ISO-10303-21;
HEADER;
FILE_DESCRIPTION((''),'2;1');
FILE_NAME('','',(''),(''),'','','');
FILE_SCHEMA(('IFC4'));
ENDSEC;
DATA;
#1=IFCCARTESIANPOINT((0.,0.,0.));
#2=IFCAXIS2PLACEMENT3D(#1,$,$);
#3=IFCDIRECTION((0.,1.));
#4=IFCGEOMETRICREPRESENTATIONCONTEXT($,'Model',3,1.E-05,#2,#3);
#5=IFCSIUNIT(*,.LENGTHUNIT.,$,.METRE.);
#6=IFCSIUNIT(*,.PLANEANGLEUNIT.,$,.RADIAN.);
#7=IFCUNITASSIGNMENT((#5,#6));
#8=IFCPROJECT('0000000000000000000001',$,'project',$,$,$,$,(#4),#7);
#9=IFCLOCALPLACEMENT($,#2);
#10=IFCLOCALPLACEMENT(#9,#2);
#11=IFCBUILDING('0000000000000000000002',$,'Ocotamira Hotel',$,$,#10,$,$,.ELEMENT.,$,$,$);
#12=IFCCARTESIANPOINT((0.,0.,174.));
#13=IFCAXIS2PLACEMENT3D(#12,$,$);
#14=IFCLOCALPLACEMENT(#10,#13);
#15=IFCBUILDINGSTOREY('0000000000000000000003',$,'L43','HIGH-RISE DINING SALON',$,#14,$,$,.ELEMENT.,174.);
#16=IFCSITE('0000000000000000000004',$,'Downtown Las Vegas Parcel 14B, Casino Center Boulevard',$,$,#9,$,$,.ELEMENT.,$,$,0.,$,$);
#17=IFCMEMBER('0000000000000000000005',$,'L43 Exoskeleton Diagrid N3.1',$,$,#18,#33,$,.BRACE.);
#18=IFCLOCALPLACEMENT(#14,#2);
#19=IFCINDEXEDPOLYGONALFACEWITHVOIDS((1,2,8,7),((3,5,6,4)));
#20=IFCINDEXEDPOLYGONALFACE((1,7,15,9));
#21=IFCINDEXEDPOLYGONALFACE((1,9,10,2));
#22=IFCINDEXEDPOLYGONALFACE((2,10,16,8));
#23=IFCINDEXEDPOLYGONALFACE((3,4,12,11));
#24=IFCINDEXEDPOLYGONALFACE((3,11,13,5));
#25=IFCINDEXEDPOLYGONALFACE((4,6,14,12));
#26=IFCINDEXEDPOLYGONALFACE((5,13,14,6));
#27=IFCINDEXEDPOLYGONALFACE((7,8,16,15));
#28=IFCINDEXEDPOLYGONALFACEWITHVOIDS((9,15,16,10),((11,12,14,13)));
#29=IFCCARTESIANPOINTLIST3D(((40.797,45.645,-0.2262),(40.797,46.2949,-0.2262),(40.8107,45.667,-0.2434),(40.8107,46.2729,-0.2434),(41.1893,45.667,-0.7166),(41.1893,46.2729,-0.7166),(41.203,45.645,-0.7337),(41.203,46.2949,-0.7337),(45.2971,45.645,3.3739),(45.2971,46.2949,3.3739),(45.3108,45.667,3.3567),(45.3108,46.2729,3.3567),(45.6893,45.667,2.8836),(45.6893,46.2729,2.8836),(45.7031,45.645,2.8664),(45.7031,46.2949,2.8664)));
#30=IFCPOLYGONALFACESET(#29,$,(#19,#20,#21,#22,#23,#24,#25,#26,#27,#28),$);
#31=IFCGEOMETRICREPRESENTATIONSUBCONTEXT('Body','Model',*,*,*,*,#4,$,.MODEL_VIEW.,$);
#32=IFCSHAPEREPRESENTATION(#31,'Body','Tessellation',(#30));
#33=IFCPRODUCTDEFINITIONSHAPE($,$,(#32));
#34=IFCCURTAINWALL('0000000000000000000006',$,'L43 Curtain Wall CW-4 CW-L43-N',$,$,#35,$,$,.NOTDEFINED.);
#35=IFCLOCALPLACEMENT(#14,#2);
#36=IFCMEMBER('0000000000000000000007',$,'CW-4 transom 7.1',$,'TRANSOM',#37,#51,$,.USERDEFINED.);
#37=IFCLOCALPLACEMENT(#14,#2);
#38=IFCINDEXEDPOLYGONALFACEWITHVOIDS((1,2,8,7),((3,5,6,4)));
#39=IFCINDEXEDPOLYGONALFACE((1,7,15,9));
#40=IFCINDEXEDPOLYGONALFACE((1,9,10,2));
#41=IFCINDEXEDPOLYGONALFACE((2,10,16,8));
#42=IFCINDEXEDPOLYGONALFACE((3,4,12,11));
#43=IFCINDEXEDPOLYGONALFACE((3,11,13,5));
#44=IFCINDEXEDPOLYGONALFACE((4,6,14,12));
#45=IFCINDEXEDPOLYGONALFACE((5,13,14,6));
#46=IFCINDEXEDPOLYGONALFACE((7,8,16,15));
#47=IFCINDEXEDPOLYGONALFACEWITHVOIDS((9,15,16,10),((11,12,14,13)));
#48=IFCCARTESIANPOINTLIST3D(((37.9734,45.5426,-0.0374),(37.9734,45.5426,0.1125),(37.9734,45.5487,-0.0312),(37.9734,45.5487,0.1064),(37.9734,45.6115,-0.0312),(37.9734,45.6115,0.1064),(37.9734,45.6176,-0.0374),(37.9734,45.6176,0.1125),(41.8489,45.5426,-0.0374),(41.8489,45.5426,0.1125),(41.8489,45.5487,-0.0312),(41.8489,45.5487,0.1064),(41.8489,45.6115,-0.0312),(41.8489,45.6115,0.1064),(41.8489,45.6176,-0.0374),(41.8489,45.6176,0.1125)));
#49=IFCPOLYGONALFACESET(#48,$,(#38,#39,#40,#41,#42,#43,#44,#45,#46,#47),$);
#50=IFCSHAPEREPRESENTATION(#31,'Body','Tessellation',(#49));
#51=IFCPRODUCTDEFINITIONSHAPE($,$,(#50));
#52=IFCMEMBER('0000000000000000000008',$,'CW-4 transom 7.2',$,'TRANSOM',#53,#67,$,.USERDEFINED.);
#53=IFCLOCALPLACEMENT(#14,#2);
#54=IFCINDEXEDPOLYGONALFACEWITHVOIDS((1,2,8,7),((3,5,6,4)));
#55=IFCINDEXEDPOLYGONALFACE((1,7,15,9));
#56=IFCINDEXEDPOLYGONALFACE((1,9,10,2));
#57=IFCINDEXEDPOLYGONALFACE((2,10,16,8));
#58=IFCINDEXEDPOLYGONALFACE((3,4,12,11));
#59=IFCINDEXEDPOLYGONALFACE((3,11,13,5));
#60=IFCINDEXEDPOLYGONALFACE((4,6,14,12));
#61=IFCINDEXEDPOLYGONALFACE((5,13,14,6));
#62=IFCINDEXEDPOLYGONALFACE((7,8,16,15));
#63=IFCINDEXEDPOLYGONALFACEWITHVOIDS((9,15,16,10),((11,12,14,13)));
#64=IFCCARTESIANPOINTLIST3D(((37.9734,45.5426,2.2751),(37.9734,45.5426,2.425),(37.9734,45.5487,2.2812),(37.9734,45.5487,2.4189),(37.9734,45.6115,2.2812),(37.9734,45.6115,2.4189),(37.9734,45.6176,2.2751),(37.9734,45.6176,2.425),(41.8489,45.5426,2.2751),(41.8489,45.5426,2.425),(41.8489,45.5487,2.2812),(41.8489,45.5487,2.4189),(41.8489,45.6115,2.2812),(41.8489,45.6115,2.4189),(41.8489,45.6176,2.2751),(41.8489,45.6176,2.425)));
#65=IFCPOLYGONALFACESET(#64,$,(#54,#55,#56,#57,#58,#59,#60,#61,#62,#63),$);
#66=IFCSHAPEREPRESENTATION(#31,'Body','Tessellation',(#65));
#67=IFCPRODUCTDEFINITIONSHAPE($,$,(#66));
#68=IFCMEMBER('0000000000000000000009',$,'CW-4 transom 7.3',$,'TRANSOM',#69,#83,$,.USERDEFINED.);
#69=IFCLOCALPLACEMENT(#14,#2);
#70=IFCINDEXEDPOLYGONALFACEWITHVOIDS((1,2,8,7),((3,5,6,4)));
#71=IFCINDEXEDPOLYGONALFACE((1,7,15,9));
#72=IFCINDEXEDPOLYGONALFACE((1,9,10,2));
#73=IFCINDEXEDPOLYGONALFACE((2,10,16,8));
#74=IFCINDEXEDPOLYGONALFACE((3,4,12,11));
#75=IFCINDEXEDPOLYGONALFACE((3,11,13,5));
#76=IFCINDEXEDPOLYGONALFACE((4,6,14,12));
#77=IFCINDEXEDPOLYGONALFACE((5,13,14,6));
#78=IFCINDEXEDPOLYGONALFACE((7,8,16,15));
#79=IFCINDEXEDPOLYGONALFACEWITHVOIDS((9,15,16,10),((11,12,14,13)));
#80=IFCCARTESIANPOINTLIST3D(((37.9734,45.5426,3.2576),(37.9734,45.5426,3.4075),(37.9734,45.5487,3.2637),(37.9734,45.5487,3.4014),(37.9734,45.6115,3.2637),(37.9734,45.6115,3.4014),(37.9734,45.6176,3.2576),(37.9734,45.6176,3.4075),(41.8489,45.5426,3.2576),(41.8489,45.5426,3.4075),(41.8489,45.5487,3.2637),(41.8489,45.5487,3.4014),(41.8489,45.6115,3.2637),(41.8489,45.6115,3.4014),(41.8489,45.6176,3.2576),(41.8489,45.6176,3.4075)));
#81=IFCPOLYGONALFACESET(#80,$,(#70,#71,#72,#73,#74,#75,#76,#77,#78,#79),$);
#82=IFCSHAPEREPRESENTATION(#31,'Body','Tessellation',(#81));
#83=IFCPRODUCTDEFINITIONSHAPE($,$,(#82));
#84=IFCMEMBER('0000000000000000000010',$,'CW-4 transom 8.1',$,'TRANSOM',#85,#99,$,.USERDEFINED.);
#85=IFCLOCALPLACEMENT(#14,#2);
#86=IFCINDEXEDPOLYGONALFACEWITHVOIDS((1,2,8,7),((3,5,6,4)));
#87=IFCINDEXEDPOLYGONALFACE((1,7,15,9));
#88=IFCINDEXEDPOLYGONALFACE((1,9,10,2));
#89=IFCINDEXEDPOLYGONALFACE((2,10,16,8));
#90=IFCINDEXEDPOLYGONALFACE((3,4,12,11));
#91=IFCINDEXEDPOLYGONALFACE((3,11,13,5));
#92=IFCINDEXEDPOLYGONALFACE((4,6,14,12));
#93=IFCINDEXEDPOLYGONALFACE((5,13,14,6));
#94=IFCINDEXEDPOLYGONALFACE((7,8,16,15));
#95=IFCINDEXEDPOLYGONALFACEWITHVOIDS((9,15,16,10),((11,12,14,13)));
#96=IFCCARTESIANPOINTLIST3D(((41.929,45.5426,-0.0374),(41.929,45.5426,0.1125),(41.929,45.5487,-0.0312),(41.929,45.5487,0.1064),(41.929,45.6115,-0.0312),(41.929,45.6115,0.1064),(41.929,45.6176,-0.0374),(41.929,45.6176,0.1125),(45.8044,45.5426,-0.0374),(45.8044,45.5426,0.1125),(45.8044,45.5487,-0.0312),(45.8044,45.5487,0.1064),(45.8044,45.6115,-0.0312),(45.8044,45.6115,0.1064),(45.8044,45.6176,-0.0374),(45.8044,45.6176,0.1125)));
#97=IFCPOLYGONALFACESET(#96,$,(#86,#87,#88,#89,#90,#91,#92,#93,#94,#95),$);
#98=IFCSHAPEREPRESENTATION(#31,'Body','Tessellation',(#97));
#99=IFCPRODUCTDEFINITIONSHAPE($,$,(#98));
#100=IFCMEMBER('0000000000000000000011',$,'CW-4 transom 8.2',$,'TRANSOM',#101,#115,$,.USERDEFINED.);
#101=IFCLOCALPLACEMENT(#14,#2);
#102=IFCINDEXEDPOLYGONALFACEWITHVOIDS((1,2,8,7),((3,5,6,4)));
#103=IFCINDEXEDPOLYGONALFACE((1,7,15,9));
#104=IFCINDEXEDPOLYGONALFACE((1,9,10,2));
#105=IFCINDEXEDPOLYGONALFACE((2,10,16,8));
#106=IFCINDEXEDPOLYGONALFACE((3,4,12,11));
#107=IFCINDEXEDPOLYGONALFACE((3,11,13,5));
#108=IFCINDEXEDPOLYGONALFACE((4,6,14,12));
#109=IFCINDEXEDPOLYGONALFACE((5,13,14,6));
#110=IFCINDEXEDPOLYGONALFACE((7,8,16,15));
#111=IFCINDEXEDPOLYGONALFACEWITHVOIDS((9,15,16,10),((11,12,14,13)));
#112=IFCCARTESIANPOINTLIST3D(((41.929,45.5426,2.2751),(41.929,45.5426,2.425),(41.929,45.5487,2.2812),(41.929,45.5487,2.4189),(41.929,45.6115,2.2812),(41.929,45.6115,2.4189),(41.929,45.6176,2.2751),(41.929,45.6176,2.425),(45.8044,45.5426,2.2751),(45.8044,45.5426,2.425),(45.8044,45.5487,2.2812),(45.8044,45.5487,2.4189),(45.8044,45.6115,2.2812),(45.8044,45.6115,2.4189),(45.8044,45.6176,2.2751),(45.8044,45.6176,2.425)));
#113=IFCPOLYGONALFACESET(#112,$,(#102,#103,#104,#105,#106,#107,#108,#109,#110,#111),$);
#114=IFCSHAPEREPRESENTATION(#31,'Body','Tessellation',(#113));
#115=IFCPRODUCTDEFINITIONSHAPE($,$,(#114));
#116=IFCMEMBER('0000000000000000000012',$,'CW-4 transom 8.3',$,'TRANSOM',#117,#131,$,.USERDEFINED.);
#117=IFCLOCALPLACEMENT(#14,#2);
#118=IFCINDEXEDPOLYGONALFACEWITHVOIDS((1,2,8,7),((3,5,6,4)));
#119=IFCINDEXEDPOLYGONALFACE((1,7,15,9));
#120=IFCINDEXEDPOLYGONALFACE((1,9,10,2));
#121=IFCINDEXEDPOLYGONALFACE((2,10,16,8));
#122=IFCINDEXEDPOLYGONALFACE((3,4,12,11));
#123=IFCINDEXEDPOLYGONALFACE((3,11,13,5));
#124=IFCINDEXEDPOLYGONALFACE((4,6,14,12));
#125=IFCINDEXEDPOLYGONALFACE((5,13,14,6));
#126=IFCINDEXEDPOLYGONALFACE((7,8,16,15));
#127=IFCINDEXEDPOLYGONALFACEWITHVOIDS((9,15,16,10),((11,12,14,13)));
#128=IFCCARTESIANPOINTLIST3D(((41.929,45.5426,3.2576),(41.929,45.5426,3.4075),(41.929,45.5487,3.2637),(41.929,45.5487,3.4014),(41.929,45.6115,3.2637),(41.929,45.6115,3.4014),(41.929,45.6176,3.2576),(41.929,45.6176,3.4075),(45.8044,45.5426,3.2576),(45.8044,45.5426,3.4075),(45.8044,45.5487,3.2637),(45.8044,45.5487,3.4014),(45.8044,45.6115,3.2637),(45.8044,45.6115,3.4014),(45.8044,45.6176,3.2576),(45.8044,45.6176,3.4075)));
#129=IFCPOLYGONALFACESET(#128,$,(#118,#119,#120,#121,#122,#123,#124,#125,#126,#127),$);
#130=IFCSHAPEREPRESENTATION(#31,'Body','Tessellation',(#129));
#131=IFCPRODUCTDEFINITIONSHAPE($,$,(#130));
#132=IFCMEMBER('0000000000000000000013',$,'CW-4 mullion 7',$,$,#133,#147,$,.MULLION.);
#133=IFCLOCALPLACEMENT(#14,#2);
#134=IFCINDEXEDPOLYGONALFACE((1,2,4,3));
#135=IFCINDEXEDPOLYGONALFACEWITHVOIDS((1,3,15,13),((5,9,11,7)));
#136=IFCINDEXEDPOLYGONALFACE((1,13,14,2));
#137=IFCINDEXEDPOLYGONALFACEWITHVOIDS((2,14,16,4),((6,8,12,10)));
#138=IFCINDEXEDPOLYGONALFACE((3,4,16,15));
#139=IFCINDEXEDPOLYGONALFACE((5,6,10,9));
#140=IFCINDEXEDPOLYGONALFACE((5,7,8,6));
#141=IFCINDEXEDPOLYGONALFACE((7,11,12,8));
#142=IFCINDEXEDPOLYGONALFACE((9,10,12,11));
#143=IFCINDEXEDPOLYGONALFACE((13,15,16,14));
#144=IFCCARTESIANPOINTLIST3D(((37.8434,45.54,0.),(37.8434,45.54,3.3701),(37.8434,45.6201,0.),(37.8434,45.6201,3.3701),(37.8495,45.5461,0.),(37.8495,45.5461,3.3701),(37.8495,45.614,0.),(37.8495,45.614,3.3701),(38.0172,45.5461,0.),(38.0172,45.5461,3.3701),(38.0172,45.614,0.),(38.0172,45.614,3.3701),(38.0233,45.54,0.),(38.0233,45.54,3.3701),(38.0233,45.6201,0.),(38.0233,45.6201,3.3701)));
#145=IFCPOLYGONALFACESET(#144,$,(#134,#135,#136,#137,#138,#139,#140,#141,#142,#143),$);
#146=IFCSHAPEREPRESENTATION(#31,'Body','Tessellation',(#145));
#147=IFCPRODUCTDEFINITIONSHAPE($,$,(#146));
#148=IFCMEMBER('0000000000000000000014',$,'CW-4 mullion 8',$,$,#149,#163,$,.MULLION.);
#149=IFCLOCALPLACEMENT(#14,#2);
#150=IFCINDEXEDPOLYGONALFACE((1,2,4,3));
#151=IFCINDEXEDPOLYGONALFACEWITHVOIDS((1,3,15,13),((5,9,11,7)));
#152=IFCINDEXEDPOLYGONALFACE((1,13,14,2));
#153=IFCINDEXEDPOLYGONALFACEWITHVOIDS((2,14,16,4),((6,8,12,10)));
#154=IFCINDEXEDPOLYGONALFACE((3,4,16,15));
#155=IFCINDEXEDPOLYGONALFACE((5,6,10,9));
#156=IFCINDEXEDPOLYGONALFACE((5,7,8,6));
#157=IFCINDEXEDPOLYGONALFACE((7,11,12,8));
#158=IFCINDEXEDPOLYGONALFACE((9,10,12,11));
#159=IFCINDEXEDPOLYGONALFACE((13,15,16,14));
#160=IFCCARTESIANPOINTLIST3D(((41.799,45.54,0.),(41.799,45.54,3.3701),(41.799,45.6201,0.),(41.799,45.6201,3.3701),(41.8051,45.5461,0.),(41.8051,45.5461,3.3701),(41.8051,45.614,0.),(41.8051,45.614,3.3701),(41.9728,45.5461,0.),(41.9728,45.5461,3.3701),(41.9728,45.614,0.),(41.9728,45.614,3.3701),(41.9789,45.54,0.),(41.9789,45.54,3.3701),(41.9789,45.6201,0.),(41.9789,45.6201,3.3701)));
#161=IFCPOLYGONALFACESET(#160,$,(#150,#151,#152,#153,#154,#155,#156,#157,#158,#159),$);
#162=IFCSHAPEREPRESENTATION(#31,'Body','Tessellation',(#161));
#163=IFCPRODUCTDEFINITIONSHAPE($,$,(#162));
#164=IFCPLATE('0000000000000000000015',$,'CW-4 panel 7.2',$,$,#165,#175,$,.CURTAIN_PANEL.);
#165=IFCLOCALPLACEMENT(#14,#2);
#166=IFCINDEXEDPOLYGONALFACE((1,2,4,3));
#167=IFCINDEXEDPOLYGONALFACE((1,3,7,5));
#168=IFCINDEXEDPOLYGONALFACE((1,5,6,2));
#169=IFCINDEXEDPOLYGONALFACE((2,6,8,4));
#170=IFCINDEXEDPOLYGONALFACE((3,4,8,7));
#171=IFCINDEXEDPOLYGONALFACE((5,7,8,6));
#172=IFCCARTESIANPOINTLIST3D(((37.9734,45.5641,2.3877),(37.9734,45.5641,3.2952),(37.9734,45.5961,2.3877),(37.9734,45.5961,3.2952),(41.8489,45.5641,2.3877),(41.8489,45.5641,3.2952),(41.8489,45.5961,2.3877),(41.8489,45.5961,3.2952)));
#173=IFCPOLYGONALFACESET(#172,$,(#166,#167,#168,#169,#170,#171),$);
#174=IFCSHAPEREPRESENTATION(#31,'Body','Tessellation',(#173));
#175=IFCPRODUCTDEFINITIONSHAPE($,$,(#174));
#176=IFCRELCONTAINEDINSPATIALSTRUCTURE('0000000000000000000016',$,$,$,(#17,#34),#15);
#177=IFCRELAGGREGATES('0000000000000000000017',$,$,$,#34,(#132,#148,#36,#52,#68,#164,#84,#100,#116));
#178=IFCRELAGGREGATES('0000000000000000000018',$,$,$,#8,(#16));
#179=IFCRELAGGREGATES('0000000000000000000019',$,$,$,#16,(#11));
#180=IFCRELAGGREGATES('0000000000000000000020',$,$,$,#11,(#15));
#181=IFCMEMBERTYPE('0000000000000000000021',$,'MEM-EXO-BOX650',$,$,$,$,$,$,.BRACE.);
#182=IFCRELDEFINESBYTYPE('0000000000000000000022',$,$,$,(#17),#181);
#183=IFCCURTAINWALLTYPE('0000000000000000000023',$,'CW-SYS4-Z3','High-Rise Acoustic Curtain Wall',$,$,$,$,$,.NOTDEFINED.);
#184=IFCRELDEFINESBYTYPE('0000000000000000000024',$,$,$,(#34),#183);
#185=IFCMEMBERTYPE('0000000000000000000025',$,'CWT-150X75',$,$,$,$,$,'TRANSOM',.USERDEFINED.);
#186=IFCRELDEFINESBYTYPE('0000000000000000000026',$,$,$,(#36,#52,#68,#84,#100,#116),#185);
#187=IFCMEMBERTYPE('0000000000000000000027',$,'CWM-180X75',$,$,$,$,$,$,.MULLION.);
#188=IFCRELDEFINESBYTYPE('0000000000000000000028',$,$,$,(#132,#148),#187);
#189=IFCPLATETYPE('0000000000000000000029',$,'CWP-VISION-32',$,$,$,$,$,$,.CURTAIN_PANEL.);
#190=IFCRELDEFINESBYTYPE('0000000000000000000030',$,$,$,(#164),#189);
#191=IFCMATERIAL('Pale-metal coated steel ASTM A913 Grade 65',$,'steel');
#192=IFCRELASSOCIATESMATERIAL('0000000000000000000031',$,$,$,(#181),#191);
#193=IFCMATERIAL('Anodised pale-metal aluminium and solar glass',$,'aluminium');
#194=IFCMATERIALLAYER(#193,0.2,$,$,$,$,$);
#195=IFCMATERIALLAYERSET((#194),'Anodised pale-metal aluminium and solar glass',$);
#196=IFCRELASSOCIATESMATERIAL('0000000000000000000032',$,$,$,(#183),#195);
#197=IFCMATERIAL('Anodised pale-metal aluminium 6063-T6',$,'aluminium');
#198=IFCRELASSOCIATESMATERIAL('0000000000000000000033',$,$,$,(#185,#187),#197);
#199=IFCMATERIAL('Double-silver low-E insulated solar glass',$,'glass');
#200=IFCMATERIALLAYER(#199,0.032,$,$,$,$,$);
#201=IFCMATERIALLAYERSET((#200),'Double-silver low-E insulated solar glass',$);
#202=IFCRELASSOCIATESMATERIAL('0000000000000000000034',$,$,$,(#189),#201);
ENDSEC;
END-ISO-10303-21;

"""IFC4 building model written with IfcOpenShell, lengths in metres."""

from ifc_helpers import new_model, si_unit, direction, frame, origin, origin_2d, place, context, subcontext, project, spatial, rectangle, hollow_rectangle, extrude, source, transform, mapped, material, layer, layer_set, material_profile, profile_set, type_object, element, aggregate, save


model = new_model("IFC4")

# Units and contexts
model_context = context("Model", 3, precision=1e-05, world=origin(), true_north=direction((0.0, 1.0)))
body_context = subcontext(model_context, "Body", "Model", "MODEL_VIEW")
ifc_project = project(units=[si_unit("LENGTHUNIT", "METRE"), si_unit("PLANEANGLEUNIT", "RADIAN")], contexts=[model_context])

# Site, building, storey
site_placement = place(None, origin())
site = spatial("IfcSite", under=ifc_project, at=site_placement, Name="Downtown Las Vegas Parcel 14B, Casino Center Boulevard", CompositionType="ELEMENT", RefElevation=0.0)
building_placement = place(site_placement, origin())
building = spatial("IfcBuilding", under=site, at=building_placement, Name="Ocotamira Hotel", CompositionType="ELEMENT")
storey_placement = place(building_placement, frame((0.0, 0.0, 174.0)))
storey = spatial("IfcBuildingStorey", under=building, at=storey_placement, Name="L43", Description="HIGH-RISE DINING SALON", CompositionType="ELEMENT", Elevation=174.0)

# Member
ifc_material_1 = material(Name="Pale-metal coated steel ASTM A913 Grade 65", Category="steel")
ifc_material_profile_1 = material_profile(ifc_material_1, hollow_rectangle(XDim=0.6499, YDim=0.6499, WallThickness=0.022, at=origin_2d()), Name="BOX650X650X22")
ifc_profile_set_1 = profile_set([ifc_material_profile_1], Name="Pale-metal coated steel ASTM A913 Grade 65")
member_type_1 = type_object("IfcMemberType", Name="MEM-EXO-BOX650", PredefinedType="BRACE", material=ifc_profile_set_1)
shared_shape_1 = source(origin(), body_context, "Body", "SweptSolid", [
    extrude(hollow_rectangle(XDim=0.6499, YDim=0.6499, WallThickness=0.022, at=origin_2d()), origin(), (0.0, 0.0, 1.0), 5.7629),
])
for number, where, z_axis, x_axis, name in (
    (1, (41.0, 45.97, -0.48), (0.780861, 0.0, 0.624705), (0.0, 1.0, 0.0), "L43 Exoskeleton Diagrid N3.1"),
):
    element("IfcMember", number, at=place(storey_placement, frame(where, z_axis=z_axis, x_axis=x_axis)), inside=storey, type_object=member_type_1, Name=name, PredefinedType="BRACE", context=body_context, shape_type="MappedRepresentation", body=[
        mapped(shared_shape_1, transform((0.0, 0.0, 0.0), scale=1.0)),
    ])

# Curtain wall, members, plate
ifc_material_2 = material(Name="Anodised pale-metal aluminium and solar glass", Category="aluminium")
ifc_layer_1 = layer(ifc_material_2, 0.2)
ifc_layer_set_1 = layer_set([ifc_layer_1], Name="Anodised pale-metal aluminium and solar glass")
curtain_wall_type = type_object("IfcCurtainWallType", Name="CW-SYS4-Z3", Description="High-Rise Acoustic Curtain Wall", PredefinedType="NOTDEFINED", material=ifc_layer_set_1)
curtain_wall_placement = place(storey_placement, origin())
curtain_wall = element("IfcCurtainWall", 2, at=curtain_wall_placement, inside=storey, type_object=curtain_wall_type, Name="L43 Curtain Wall CW-4 CW-L43-N", PredefinedType="NOTDEFINED")
ifc_material_3 = material(Name="Anodised pale-metal aluminium 6063-T6", Category="aluminium")
ifc_material_profile_2 = material_profile(ifc_material_3, hollow_rectangle(XDim=0.075, YDim=0.1499, WallThickness=0.0061, at=origin_2d()), Name="HSS150X75X6")
ifc_profile_set_2 = profile_set([ifc_material_profile_2], Name="Anodised pale-metal aluminium 6063-T6")
member_type_2 = type_object("IfcMemberType", Name="CWT-150X75", ElementType="TRANSOM", PredefinedType="USERDEFINED", material=ifc_profile_set_2)
shared_shape_2 = source(origin(), body_context, "Body", "SweptSolid", [
    extrude(hollow_rectangle(XDim=0.075, YDim=0.1499, WallThickness=0.0061, at=origin_2d()), origin(), (0.0, 0.0, 1.0), 3.8755),
])
member_1_placement = place(storey_placement, frame((37.9734, 45.5801, 0.0376), z_axis=(1.0, 0.0, 0.0), x_axis=(0.0, 1.0, 0.0)))
member_1 = element("IfcMember", 3, at=member_1_placement, type_object=member_type_2, Name="CW-4 transom 7.1", ObjectType="TRANSOM", PredefinedType="USERDEFINED", context=body_context, shape_type="MappedRepresentation", body=[
    mapped(shared_shape_2, transform((0.0, 0.0, 0.0), scale=1.0)),
])
member_2_placement = place(storey_placement, frame((37.9734, 45.5801, 2.3501), z_axis=(1.0, 0.0, 0.0), x_axis=(0.0, 1.0, 0.0)))
member_2 = element("IfcMember", 4, at=member_2_placement, type_object=member_type_2, Name="CW-4 transom 7.2", ObjectType="TRANSOM", PredefinedType="USERDEFINED", context=body_context, shape_type="MappedRepresentation", body=[
    mapped(shared_shape_2, transform((0.0, 0.0, 0.0), scale=1.0)),
])
member_3_placement = place(storey_placement, frame((37.9734, 45.5801, 3.3325), z_axis=(1.0, 0.0, 0.0), x_axis=(0.0, 1.0, 0.0)))
member_3 = element("IfcMember", 5, at=member_3_placement, type_object=member_type_2, Name="CW-4 transom 7.3", ObjectType="TRANSOM", PredefinedType="USERDEFINED", context=body_context, shape_type="MappedRepresentation", body=[
    mapped(shared_shape_2, transform((0.0, 0.0, 0.0), scale=1.0)),
])
member_4_placement = place(storey_placement, frame((41.929, 45.5801, 0.0376), z_axis=(1.0, 0.0, 0.0), x_axis=(0.0, 1.0, 0.0)))
member_4 = element("IfcMember", 6, at=member_4_placement, type_object=member_type_2, Name="CW-4 transom 8.1", ObjectType="TRANSOM", PredefinedType="USERDEFINED", context=body_context, shape_type="MappedRepresentation", body=[
    mapped(shared_shape_2, transform((0.0, 0.0, 0.0), scale=1.0)),
])
member_5_placement = place(storey_placement, frame((41.929, 45.5801, 2.3501), z_axis=(1.0, 0.0, 0.0), x_axis=(0.0, 1.0, 0.0)))
member_5 = element("IfcMember", 7, at=member_5_placement, type_object=member_type_2, Name="CW-4 transom 8.2", ObjectType="TRANSOM", PredefinedType="USERDEFINED", context=body_context, shape_type="MappedRepresentation", body=[
    mapped(shared_shape_2, transform((0.0, 0.0, 0.0), scale=1.0)),
])
member_6_placement = place(storey_placement, frame((41.929, 45.5801, 3.3325), z_axis=(1.0, 0.0, 0.0), x_axis=(0.0, 1.0, 0.0)))
member_6 = element("IfcMember", 8, at=member_6_placement, type_object=member_type_2, Name="CW-4 transom 8.3", ObjectType="TRANSOM", PredefinedType="USERDEFINED", context=body_context, shape_type="MappedRepresentation", body=[
    mapped(shared_shape_2, transform((0.0, 0.0, 0.0), scale=1.0)),
])
ifc_material_profile_3 = material_profile(ifc_material_3, hollow_rectangle(XDim=0.0801, YDim=0.1799, WallThickness=0.0061, at=origin_2d()), Name="HSS180X80X6")
ifc_profile_set_3 = profile_set([ifc_material_profile_3], Name="Anodised pale-metal aluminium 6063-T6")
member_type_3 = type_object("IfcMemberType", Name="CWM-180X75", PredefinedType="MULLION", material=ifc_profile_set_3)
shared_shape_3 = source(origin(), body_context, "Body", "SweptSolid", [
    extrude(hollow_rectangle(XDim=0.0801, YDim=0.1799, WallThickness=0.0061, at=origin_2d()), origin(), (0.0, 0.0, 1.0), 3.3701),
])
member_7_placement = place(storey_placement, frame((37.9333, 45.5801, 0.0), z_axis=(0.0, 0.0, 1.0), x_axis=(0.0, 1.0, 0.0)))
member_7 = element("IfcMember", 9, at=member_7_placement, type_object=member_type_3, Name="CW-4 mullion 7", PredefinedType="MULLION", context=body_context, shape_type="MappedRepresentation", body=[
    mapped(shared_shape_3, transform((0.0, 0.0, 0.0), scale=1.0)),
])
member_8_placement = place(storey_placement, frame((41.8889, 45.5801, 0.0), z_axis=(0.0, 0.0, 1.0), x_axis=(0.0, 1.0, 0.0)))
member_8 = element("IfcMember", 10, at=member_8_placement, type_object=member_type_3, Name="CW-4 mullion 8", PredefinedType="MULLION", context=body_context, shape_type="MappedRepresentation", body=[
    mapped(shared_shape_3, transform((0.0, 0.0, 0.0), scale=1.0)),
])
ifc_material_4 = material(Name="Double-silver low-E insulated solar glass", Category="glass")
ifc_layer_2 = layer(ifc_material_4, 0.032)
ifc_layer_set_2 = layer_set([ifc_layer_2], Name="Double-silver low-E insulated solar glass")
plate_type = type_object("IfcPlateType", Name="CWP-VISION-32", PredefinedType="CURTAIN_PANEL", material=ifc_layer_set_2)
shared_shape_4 = source(origin(), body_context, "Body", "SweptSolid", [
    extrude(rectangle(XDim=3.8755, YDim=0.032, at=origin_2d()), origin(), (0.0, 0.0, 1.0), 0.9075),
])
plate_1_placement = place(storey_placement, frame((39.9111, 45.5801, 2.3877), z_axis=(0.0, 0.0, 1.0), x_axis=(1.0, 0.0, 0.0)))
plate_1 = element("IfcPlate", 11, at=plate_1_placement, type_object=plate_type, Name="CW-4 panel 7.2", PredefinedType="CURTAIN_PANEL", context=body_context, shape_type="MappedRepresentation", body=[
    mapped(shared_shape_4, transform((0.0, 0.0, 0.0), scale=1.0)),
])
aggregate(curtain_wall, [member_7, member_8, member_1, member_2, member_3, plate_1, member_4, member_5, member_6])

save(model, "model.ifc")
